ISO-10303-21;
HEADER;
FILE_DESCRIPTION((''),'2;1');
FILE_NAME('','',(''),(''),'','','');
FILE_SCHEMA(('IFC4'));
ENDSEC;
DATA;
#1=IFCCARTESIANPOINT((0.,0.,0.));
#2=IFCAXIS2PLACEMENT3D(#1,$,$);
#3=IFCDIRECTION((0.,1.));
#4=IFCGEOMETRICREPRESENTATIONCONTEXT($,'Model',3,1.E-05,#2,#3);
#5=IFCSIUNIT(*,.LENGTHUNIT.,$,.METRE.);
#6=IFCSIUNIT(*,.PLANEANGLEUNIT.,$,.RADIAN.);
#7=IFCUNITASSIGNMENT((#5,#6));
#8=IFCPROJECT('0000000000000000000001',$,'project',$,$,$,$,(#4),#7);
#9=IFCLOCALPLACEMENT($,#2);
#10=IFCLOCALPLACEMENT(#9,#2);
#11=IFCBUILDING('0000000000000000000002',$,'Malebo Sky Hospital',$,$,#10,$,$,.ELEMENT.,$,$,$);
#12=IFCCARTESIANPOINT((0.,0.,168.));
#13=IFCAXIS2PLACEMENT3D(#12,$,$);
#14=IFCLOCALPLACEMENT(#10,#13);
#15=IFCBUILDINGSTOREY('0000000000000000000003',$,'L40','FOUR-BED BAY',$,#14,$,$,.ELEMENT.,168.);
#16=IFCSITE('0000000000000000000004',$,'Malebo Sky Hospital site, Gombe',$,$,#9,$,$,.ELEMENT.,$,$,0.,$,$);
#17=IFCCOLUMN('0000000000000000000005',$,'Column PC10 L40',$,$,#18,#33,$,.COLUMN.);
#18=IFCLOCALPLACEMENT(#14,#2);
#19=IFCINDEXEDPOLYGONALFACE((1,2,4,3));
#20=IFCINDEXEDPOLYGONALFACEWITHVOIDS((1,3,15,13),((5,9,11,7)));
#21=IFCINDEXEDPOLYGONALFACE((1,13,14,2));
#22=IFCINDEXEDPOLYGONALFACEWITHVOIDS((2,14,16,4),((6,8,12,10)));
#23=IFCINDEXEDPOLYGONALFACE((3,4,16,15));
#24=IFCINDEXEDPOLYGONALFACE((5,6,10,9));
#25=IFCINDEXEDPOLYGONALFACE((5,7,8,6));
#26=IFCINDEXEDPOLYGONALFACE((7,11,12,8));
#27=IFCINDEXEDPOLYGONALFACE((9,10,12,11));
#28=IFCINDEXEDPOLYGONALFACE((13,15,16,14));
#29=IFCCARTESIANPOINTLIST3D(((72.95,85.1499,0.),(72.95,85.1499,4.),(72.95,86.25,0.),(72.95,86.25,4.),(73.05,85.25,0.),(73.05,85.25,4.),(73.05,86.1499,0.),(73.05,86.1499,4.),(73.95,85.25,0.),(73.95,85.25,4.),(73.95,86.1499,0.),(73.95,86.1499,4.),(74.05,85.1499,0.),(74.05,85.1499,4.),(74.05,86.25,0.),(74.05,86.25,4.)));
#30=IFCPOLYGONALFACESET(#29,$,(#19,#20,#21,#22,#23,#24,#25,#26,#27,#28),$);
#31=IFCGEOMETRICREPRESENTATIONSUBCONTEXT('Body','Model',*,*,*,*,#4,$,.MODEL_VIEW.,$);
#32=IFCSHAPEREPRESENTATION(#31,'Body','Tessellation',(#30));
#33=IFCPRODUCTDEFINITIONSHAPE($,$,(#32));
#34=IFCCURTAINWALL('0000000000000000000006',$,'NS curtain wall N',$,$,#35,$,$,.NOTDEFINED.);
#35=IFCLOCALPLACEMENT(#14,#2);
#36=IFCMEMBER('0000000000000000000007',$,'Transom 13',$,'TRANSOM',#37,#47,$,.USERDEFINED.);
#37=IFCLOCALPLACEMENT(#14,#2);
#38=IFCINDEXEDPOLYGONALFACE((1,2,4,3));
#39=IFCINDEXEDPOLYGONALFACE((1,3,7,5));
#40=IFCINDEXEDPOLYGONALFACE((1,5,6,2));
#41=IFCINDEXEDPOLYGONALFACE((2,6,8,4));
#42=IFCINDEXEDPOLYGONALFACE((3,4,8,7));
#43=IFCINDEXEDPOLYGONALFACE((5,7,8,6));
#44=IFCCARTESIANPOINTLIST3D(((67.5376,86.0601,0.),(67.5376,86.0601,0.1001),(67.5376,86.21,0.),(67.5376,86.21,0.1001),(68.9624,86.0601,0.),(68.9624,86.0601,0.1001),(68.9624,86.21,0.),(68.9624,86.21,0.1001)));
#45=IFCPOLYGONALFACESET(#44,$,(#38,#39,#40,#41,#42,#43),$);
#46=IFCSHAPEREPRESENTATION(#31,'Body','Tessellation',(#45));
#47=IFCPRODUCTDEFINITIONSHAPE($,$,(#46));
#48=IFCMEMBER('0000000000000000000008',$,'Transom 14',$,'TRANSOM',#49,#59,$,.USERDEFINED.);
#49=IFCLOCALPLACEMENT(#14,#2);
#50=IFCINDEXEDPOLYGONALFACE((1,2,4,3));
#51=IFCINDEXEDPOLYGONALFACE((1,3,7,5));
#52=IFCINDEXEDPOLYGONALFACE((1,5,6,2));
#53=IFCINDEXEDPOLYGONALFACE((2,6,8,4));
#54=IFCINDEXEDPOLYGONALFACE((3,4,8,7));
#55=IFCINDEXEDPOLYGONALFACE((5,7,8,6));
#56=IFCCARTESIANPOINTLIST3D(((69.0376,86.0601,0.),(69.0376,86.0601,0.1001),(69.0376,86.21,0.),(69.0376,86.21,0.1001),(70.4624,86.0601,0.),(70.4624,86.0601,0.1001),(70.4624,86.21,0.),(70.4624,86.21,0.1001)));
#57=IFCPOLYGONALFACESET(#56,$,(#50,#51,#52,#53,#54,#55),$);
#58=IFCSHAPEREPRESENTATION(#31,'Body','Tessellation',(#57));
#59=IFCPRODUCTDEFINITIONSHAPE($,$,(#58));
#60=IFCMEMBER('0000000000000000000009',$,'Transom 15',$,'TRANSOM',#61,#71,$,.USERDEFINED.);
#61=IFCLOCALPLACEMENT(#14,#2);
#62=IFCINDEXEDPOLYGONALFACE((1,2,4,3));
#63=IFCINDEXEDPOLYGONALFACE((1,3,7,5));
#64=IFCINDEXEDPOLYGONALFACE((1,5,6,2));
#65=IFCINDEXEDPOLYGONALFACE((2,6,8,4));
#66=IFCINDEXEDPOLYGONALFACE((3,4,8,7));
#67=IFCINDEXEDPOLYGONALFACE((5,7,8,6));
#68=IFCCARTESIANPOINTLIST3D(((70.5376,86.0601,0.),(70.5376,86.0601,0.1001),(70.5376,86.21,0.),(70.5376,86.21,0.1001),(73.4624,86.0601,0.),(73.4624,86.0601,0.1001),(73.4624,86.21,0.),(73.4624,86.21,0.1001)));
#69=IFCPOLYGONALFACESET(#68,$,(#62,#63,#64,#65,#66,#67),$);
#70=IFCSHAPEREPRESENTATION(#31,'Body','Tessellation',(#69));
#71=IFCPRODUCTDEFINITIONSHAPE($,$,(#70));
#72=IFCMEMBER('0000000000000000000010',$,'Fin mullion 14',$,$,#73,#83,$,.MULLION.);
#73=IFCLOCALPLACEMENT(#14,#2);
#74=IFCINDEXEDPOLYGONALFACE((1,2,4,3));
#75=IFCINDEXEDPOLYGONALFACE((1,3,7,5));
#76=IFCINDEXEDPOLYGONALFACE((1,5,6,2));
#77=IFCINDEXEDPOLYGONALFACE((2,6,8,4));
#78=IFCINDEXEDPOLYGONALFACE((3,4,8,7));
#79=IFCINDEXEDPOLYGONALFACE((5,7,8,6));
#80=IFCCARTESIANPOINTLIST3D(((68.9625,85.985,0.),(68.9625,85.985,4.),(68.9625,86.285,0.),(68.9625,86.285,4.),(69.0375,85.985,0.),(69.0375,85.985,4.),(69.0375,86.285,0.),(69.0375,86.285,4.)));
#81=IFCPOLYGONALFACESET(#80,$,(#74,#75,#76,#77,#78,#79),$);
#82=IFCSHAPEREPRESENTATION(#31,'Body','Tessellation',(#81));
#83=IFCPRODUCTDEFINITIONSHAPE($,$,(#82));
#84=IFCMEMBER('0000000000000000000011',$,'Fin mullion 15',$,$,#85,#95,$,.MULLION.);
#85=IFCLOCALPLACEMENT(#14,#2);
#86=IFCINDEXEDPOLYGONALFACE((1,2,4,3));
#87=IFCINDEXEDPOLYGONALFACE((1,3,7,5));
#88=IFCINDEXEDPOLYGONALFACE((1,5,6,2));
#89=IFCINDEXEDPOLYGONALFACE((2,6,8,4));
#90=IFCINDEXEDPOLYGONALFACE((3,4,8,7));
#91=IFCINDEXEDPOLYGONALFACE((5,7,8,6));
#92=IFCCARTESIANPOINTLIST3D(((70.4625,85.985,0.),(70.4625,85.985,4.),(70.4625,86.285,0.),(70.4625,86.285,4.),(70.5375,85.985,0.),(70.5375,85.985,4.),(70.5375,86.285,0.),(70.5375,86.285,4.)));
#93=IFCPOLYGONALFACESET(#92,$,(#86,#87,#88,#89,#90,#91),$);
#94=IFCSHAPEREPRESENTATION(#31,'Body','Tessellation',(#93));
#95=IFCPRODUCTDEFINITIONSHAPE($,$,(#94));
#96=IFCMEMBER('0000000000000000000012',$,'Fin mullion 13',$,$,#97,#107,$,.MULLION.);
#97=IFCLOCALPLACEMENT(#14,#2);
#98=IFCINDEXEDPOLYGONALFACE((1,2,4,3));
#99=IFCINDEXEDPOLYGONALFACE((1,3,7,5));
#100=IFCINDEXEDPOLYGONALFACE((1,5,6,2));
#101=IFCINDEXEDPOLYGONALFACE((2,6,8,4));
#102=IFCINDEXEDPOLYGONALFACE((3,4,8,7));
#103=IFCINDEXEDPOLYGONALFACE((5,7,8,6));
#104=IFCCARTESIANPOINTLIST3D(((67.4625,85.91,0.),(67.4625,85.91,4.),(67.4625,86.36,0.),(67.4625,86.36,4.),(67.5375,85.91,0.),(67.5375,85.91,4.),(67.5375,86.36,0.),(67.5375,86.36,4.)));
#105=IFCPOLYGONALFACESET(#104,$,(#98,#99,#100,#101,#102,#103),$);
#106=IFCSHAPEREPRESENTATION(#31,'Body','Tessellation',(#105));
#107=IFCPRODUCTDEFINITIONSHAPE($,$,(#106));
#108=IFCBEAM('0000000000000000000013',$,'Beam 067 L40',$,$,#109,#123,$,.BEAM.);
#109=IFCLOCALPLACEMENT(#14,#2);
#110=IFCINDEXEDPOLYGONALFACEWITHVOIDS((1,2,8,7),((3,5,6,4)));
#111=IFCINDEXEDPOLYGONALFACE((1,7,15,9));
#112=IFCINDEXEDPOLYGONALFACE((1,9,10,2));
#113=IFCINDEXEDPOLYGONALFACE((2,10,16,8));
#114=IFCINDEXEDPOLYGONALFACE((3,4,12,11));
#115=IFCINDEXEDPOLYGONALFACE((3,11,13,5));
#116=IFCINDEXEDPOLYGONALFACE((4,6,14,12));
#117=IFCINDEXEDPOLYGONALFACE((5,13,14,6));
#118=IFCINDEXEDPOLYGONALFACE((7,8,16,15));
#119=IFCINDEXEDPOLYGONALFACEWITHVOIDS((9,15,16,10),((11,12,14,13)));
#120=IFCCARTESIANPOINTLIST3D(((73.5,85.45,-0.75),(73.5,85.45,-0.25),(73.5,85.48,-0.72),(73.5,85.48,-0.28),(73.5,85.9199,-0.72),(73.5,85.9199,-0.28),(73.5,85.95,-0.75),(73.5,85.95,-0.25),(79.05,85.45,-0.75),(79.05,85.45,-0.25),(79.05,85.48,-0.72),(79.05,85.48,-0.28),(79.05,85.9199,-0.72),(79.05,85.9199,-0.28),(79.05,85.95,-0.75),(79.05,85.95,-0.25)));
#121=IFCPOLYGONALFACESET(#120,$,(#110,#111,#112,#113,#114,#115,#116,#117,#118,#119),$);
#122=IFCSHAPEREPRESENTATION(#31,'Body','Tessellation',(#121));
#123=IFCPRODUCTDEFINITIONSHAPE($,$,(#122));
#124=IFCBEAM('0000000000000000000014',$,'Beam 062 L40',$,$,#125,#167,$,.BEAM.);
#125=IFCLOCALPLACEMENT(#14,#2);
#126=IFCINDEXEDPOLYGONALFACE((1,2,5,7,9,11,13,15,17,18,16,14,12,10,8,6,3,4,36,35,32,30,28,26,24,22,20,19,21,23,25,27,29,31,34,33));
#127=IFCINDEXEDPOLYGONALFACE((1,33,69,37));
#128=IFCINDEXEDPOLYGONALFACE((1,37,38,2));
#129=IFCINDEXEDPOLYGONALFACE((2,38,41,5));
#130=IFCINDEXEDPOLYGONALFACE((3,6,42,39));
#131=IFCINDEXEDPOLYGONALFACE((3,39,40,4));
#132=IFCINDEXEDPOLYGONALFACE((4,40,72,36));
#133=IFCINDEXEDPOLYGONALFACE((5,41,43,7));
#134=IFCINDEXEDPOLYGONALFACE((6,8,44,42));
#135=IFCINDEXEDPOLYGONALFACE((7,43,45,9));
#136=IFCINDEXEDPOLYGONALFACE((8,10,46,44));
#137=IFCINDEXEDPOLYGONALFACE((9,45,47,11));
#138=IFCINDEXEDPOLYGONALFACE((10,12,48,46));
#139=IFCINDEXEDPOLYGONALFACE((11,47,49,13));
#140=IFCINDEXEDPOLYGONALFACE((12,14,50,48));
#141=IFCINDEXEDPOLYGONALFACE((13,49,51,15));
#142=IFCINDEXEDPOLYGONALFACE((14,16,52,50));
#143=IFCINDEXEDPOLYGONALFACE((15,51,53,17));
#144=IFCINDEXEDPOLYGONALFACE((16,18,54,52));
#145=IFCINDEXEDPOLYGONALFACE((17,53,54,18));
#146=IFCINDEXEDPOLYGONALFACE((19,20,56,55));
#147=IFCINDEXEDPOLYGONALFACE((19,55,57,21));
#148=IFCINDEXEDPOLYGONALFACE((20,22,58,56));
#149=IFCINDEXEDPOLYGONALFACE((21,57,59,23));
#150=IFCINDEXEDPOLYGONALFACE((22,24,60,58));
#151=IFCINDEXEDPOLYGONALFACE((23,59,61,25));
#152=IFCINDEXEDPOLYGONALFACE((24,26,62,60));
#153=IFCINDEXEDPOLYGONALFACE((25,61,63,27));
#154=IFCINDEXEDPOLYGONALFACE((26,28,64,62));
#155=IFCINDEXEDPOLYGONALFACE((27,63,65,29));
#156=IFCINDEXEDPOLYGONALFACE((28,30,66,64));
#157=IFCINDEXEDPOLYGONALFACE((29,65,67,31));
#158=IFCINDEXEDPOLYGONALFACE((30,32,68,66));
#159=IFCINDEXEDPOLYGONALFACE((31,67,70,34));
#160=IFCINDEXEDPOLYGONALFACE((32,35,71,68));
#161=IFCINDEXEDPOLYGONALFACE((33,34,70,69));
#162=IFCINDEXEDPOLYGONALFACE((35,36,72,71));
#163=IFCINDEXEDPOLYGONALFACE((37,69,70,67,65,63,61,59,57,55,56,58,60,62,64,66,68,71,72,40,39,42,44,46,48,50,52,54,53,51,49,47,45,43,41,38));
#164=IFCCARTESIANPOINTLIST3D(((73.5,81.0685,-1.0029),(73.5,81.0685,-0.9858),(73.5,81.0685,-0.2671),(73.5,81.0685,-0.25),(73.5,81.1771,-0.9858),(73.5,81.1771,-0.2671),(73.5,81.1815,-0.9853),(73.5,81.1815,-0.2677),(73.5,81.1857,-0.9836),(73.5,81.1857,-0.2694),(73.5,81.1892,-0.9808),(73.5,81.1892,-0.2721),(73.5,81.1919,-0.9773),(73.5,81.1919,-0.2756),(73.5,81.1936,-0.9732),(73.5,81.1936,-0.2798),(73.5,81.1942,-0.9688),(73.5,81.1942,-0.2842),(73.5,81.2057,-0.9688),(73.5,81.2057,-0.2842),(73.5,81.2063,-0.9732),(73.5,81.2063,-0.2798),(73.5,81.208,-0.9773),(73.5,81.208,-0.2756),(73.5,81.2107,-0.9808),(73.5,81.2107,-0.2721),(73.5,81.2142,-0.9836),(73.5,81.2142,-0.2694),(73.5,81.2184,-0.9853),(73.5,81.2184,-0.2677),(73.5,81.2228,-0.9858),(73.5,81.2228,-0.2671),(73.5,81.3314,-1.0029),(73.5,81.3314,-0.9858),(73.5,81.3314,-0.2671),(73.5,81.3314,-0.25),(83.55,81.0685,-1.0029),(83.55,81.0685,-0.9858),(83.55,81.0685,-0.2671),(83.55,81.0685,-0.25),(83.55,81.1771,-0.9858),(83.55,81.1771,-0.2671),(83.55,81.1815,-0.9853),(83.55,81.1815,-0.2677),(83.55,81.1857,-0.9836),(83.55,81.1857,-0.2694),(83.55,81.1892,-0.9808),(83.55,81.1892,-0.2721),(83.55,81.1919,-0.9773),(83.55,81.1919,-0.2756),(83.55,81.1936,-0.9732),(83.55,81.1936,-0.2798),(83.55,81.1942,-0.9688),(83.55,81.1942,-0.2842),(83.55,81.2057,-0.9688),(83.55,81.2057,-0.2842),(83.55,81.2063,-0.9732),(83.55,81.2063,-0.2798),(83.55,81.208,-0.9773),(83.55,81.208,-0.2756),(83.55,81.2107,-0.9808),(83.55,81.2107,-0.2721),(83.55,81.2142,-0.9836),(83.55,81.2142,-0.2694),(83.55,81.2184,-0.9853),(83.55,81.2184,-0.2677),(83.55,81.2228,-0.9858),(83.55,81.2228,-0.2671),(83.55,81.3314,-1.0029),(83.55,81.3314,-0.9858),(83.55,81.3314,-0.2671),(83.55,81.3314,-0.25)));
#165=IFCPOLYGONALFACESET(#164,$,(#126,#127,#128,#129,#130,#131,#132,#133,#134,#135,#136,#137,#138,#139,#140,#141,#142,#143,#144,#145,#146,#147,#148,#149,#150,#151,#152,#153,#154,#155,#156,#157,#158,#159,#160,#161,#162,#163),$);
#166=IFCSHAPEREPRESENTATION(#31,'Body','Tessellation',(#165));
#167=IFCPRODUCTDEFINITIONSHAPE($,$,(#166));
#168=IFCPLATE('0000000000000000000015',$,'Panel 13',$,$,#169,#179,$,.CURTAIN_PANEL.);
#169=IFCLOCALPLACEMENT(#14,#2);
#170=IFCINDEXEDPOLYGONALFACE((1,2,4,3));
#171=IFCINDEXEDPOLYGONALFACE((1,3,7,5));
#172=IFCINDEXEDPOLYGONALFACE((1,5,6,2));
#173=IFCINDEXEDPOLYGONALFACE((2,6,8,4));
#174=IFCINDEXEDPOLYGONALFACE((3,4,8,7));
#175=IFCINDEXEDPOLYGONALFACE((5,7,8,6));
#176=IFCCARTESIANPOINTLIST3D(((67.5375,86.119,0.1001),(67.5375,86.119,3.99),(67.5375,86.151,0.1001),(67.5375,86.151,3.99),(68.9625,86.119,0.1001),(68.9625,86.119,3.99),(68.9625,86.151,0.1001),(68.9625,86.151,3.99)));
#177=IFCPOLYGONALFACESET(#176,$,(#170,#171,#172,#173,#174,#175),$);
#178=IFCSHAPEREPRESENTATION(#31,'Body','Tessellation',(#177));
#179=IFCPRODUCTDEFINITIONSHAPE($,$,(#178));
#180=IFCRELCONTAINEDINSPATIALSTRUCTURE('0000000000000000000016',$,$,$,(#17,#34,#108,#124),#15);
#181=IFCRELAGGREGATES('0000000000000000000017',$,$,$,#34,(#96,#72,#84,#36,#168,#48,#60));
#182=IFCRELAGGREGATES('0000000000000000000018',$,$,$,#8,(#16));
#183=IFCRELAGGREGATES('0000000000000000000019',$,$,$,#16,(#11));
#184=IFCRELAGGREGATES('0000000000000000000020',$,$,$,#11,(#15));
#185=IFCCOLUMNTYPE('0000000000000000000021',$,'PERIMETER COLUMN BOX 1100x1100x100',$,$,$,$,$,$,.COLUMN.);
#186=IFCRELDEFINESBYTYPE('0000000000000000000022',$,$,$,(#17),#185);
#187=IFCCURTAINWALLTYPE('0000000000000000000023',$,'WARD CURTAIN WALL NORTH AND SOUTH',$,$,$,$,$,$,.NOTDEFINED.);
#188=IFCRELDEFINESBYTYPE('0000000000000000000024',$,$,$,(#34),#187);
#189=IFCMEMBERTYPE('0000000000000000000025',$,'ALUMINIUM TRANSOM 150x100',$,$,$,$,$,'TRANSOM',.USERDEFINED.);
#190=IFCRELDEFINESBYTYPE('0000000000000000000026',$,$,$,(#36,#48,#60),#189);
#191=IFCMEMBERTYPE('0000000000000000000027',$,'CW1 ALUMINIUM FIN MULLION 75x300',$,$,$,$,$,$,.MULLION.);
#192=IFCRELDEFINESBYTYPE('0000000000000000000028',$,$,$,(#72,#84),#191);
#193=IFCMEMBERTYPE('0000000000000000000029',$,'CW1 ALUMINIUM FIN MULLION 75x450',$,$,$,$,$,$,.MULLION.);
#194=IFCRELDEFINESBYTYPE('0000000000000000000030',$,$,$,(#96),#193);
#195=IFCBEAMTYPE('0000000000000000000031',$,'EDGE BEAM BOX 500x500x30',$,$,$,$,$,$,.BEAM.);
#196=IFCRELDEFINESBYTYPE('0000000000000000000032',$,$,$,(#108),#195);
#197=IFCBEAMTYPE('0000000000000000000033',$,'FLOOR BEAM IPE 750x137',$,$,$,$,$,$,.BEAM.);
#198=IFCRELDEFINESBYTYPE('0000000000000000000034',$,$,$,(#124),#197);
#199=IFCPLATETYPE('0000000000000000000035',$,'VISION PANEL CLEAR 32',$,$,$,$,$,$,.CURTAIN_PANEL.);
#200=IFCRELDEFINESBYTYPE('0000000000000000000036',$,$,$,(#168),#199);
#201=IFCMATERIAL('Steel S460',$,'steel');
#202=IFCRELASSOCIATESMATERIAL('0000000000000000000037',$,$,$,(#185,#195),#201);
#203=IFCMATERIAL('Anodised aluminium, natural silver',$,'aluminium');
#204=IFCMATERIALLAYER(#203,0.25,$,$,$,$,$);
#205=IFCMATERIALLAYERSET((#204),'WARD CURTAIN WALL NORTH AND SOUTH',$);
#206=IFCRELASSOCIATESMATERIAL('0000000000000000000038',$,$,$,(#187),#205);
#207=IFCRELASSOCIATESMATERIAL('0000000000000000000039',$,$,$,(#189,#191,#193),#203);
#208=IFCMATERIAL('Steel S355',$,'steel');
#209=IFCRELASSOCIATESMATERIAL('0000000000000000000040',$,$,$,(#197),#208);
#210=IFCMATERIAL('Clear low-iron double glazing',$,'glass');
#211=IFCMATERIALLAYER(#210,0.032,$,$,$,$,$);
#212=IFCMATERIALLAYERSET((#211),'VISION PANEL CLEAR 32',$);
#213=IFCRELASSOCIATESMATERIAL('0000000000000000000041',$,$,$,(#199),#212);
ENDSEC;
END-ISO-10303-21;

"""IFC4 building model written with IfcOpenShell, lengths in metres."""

from ifc_helpers import new_model, si_unit, direction, frame, origin, origin_2d, place, context, subcontext, project, spatial, rectangle, hollow_rectangle, i_section, extrude, material, layer, layer_set, material_profile, profile_set, type_object, element, aggregate, save


model = new_model("IFC4")

# Units and contexts
model_context = context("Model", 3, precision=1e-05, world=origin(), true_north=direction((0.0, 1.0)))
body_context = subcontext(model_context, "Body", "Model", "MODEL_VIEW")
ifc_project = project(units=[si_unit("LENGTHUNIT", "METRE"), si_unit("PLANEANGLEUNIT", "RADIAN")], contexts=[model_context])

# Site, building, storey
site_placement = place(None, origin())
site = spatial("IfcSite", under=ifc_project, at=site_placement, Name="Malebo Sky Hospital site, Gombe", CompositionType="ELEMENT", RefElevation=0.0)
building_placement = place(site_placement, origin())
building = spatial("IfcBuilding", under=site, at=building_placement, Name="Malebo Sky Hospital", CompositionType="ELEMENT")
storey_placement = place(building_placement, frame((0.0, 0.0, 168.0)))
storey = spatial("IfcBuildingStorey", under=building, at=storey_placement, Name="L40", Description="FOUR-BED BAY", CompositionType="ELEMENT", Elevation=168.0)

# Column
ifc_material_1 = material(Name="Steel S460", Category="steel")
ifc_material_profile_1 = material_profile(ifc_material_1, hollow_rectangle(XDim=1.1001, YDim=1.1001, WallThickness=0.1001, at=origin_2d()), Name="BOX 1100x1100x100")
ifc_profile_set_1 = profile_set([ifc_material_profile_1], Name="Steel S460")
column_type = type_object("IfcColumnType", Name="PERIMETER COLUMN BOX 1100x1100x100", PredefinedType="COLUMN", material=ifc_profile_set_1)
column_placement = place(storey_placement, frame((73.5, 85.7, 0.0), z_axis=(0.0, 0.0, 1.0), x_axis=(1.0, 0.0, 0.0)))
element("IfcColumn", 1, at=column_placement, inside=storey, type_object=column_type, Name="Column PC10 L40", PredefinedType="COLUMN", context=body_context, shape_type="SweptSolid", body=[
    extrude(hollow_rectangle(XDim=1.1001, YDim=1.1001, WallThickness=0.1001, at=origin_2d()), origin(), (0.0, 0.0, 1.0), 4.0),
])

# Curtain wall, members
ifc_material_2 = material(Name="Anodised aluminium, natural silver", Category="aluminium")
ifc_layer_1 = layer(ifc_material_2, 0.25)
ifc_layer_set_1 = layer_set([ifc_layer_1], Name="WARD CURTAIN WALL NORTH AND SOUTH")
curtain_wall_type = type_object("IfcCurtainWallType", Name="WARD CURTAIN WALL NORTH AND SOUTH", PredefinedType="NOTDEFINED", material=ifc_layer_set_1)
curtain_wall_placement = place(storey_placement, origin())
curtain_wall = element("IfcCurtainWall", 2, at=curtain_wall_placement, inside=storey, type_object=curtain_wall_type, Name="NS curtain wall N", PredefinedType="NOTDEFINED")
ifc_material_profile_2 = material_profile(ifc_material_2, rectangle(XDim=0.1499, YDim=0.1001, at=origin_2d()), Name="ALUMINIUM TRANSOM 150x100")
ifc_profile_set_2 = profile_set([ifc_material_profile_2], Name="Anodised aluminium, natural silver")
member_type_1 = type_object("IfcMemberType", Name="ALUMINIUM TRANSOM 150x100", ElementType="TRANSOM", PredefinedType="USERDEFINED", material=ifc_profile_set_2)
member_1_placement = place(storey_placement, frame((67.5376, 86.135, 0.05), z_axis=(1.0, 0.0, 0.0), x_axis=(0.0, 1.0, 0.0)))
member_1 = element("IfcMember", 3, at=member_1_placement, type_object=member_type_1, Name="Transom 13", ObjectType="TRANSOM", PredefinedType="USERDEFINED", context=body_context, shape_type="SweptSolid", body=[
    extrude(rectangle(XDim=0.1499, YDim=0.1001, at=origin_2d()), origin(), (0.0, 0.0, 1.0), 1.4248),
])
member_2_placement = place(storey_placement, frame((69.0376, 86.135, 0.05), z_axis=(1.0, 0.0, 0.0), x_axis=(0.0, 1.0, 0.0)))
member_2 = element("IfcMember", 4, at=member_2_placement, type_object=member_type_1, Name="Transom 14", ObjectType="TRANSOM", PredefinedType="USERDEFINED", context=body_context, shape_type="SweptSolid", body=[
    extrude(rectangle(XDim=0.1499, YDim=0.1001, at=origin_2d()), origin(), (0.0, 0.0, 1.0), 1.4248),
])
member_3_placement = place(storey_placement, frame((70.5376, 86.135, 0.05), z_axis=(1.0, 0.0, 0.0), x_axis=(0.0, 1.0, 0.0)))
member_3 = element("IfcMember", 5, at=member_3_placement, type_object=member_type_1, Name="Transom 15", ObjectType="TRANSOM", PredefinedType="USERDEFINED", context=body_context, shape_type="SweptSolid", body=[
    extrude(rectangle(XDim=0.1499, YDim=0.1001, at=origin_2d()), origin(), (0.0, 0.0, 1.0), 2.9248),
])
ifc_material_profile_3 = material_profile(ifc_material_2, rectangle(XDim=0.075, YDim=0.3, at=origin_2d()), Name="CW1 ALUMINIUM FIN MULLION 75x300")
ifc_profile_set_3 = profile_set([ifc_material_profile_3], Name="Anodised aluminium, natural silver")
member_type_2 = type_object("IfcMemberType", Name="CW1 ALUMINIUM FIN MULLION 75x300", PredefinedType="MULLION", material=ifc_profile_set_3)
member_4_placement = place(storey_placement, frame((69.0, 86.135, 0.0), z_axis=(0.0, 0.0, 1.0), x_axis=(1.0, 0.0, 0.0)))
member_4 = element("IfcMember", 6, at=member_4_placement, type_object=member_type_2, Name="Fin mullion 14", PredefinedType="MULLION", context=body_context, shape_type="SweptSolid", body=[
    extrude(rectangle(XDim=0.075, YDim=0.3, at=origin_2d()), origin(), (0.0, 0.0, 1.0), 4.0),
])
member_5_placement = place(storey_placement, frame((70.5, 86.135, 0.0), z_axis=(0.0, 0.0, 1.0), x_axis=(1.0, 0.0, 0.0)))
member_5 = element("IfcMember", 7, at=member_5_placement, type_object=member_type_2, Name="Fin mullion 15", PredefinedType="MULLION", context=body_context, shape_type="SweptSolid", body=[
    extrude(rectangle(XDim=0.075, YDim=0.3, at=origin_2d()), origin(), (0.0, 0.0, 1.0), 4.0),
])
ifc_material_profile_4 = material_profile(ifc_material_2, rectangle(XDim=0.075, YDim=0.45, at=origin_2d()), Name="CW1 ALUMINIUM FIN MULLION 75x450")
ifc_profile_set_4 = profile_set([ifc_material_profile_4], Name="Anodised aluminium, natural silver")
member_type_3 = type_object("IfcMemberType", Name="CW1 ALUMINIUM FIN MULLION 75x450", PredefinedType="MULLION", material=ifc_profile_set_4)
member_6_placement = place(storey_placement, frame((67.5, 86.135, 0.0), z_axis=(0.0, 0.0, 1.0), x_axis=(1.0, 0.0, 0.0)))
member_6 = element("IfcMember", 8, at=member_6_placement, type_object=member_type_3, Name="Fin mullion 13", PredefinedType="MULLION", context=body_context, shape_type="SweptSolid", body=[
    extrude(rectangle(XDim=0.075, YDim=0.45, at=origin_2d()), origin(), (0.0, 0.0, 1.0), 4.0),
])

# Beams
ifc_material_profile_5 = material_profile(ifc_material_1, hollow_rectangle(XDim=0.5, YDim=0.5, WallThickness=0.03, at=origin_2d()), Name="BOX 500x500x30")
ifc_profile_set_5 = profile_set([ifc_material_profile_5], Name="Steel S460")
beam_type_1 = type_object("IfcBeamType", Name="EDGE BEAM BOX 500x500x30", PredefinedType="BEAM", material=ifc_profile_set_5)
beam_1_placement = place(storey_placement, frame((73.5, 85.7, -0.5), z_axis=(1.0, 0.0, 0.0), x_axis=(0.0, 1.0, 0.0)))
element("IfcBeam", 9, at=beam_1_placement, inside=storey, type_object=beam_type_1, Name="Beam 067 L40", PredefinedType="BEAM", context=body_context, shape_type="SweptSolid", body=[
    extrude(hollow_rectangle(XDim=0.5, YDim=0.5, WallThickness=0.03, at=origin_2d()), origin(), (0.0, 0.0, 1.0), 5.55),
])
ifc_material_3 = material(Name="Steel S355", Category="steel")
ifc_material_profile_6 = material_profile(ifc_material_3, i_section(OverallWidth=0.2629, OverallDepth=0.7529, WebThickness=0.0115, FlangeThickness=0.0171, FilletRadius=0.0171, at=origin_2d()), Name="IPE 750x137")
ifc_profile_set_6 = profile_set([ifc_material_profile_6], Name="Steel S355")
beam_type_2 = type_object("IfcBeamType", Name="FLOOR BEAM IPE 750x137", PredefinedType="BEAM", material=ifc_profile_set_6)
beam_2_placement = place(storey_placement, frame((73.5, 81.2, -0.6265), z_axis=(1.0, 0.0, 0.0), x_axis=(0.0, 1.0, 0.0)))
element("IfcBeam", 10, at=beam_2_placement, inside=storey, type_object=beam_type_2, Name="Beam 062 L40", PredefinedType="BEAM", context=body_context, shape_type="SweptSolid", body=[
    extrude(i_section(OverallWidth=0.2629, OverallDepth=0.7529, WebThickness=0.0115, FlangeThickness=0.0171, FilletRadius=0.0171, at=origin_2d()), origin(), (0.0, 0.0, 1.0), 10.05),
])

# Plate
ifc_material_4 = material(Name="Clear low-iron double glazing", Category="glass")
ifc_layer_2 = layer(ifc_material_4, 0.032)
ifc_layer_set_2 = layer_set([ifc_layer_2], Name="VISION PANEL CLEAR 32")
plate_type = type_object("IfcPlateType", Name="VISION PANEL CLEAR 32", PredefinedType="CURTAIN_PANEL", material=ifc_layer_set_2)
plate_1_placement = place(storey_placement, frame((68.25, 86.135, 0.1001), z_axis=(0.0, 0.0, 1.0), x_axis=(1.0, 0.0, 0.0)))
plate_1 = element("IfcPlate", 11, at=plate_1_placement, type_object=plate_type, Name="Panel 13", PredefinedType="CURTAIN_PANEL", context=body_context, shape_type="SweptSolid", body=[
    extrude(rectangle(XDim=1.425, YDim=0.032, at=origin_2d()), origin(), (0.0, 0.0, 1.0), 3.8899),
])
aggregate(curtain_wall, [member_6, member_4, member_5, member_1, plate_1, member_2, member_3])

save(model, "model.ifc")
